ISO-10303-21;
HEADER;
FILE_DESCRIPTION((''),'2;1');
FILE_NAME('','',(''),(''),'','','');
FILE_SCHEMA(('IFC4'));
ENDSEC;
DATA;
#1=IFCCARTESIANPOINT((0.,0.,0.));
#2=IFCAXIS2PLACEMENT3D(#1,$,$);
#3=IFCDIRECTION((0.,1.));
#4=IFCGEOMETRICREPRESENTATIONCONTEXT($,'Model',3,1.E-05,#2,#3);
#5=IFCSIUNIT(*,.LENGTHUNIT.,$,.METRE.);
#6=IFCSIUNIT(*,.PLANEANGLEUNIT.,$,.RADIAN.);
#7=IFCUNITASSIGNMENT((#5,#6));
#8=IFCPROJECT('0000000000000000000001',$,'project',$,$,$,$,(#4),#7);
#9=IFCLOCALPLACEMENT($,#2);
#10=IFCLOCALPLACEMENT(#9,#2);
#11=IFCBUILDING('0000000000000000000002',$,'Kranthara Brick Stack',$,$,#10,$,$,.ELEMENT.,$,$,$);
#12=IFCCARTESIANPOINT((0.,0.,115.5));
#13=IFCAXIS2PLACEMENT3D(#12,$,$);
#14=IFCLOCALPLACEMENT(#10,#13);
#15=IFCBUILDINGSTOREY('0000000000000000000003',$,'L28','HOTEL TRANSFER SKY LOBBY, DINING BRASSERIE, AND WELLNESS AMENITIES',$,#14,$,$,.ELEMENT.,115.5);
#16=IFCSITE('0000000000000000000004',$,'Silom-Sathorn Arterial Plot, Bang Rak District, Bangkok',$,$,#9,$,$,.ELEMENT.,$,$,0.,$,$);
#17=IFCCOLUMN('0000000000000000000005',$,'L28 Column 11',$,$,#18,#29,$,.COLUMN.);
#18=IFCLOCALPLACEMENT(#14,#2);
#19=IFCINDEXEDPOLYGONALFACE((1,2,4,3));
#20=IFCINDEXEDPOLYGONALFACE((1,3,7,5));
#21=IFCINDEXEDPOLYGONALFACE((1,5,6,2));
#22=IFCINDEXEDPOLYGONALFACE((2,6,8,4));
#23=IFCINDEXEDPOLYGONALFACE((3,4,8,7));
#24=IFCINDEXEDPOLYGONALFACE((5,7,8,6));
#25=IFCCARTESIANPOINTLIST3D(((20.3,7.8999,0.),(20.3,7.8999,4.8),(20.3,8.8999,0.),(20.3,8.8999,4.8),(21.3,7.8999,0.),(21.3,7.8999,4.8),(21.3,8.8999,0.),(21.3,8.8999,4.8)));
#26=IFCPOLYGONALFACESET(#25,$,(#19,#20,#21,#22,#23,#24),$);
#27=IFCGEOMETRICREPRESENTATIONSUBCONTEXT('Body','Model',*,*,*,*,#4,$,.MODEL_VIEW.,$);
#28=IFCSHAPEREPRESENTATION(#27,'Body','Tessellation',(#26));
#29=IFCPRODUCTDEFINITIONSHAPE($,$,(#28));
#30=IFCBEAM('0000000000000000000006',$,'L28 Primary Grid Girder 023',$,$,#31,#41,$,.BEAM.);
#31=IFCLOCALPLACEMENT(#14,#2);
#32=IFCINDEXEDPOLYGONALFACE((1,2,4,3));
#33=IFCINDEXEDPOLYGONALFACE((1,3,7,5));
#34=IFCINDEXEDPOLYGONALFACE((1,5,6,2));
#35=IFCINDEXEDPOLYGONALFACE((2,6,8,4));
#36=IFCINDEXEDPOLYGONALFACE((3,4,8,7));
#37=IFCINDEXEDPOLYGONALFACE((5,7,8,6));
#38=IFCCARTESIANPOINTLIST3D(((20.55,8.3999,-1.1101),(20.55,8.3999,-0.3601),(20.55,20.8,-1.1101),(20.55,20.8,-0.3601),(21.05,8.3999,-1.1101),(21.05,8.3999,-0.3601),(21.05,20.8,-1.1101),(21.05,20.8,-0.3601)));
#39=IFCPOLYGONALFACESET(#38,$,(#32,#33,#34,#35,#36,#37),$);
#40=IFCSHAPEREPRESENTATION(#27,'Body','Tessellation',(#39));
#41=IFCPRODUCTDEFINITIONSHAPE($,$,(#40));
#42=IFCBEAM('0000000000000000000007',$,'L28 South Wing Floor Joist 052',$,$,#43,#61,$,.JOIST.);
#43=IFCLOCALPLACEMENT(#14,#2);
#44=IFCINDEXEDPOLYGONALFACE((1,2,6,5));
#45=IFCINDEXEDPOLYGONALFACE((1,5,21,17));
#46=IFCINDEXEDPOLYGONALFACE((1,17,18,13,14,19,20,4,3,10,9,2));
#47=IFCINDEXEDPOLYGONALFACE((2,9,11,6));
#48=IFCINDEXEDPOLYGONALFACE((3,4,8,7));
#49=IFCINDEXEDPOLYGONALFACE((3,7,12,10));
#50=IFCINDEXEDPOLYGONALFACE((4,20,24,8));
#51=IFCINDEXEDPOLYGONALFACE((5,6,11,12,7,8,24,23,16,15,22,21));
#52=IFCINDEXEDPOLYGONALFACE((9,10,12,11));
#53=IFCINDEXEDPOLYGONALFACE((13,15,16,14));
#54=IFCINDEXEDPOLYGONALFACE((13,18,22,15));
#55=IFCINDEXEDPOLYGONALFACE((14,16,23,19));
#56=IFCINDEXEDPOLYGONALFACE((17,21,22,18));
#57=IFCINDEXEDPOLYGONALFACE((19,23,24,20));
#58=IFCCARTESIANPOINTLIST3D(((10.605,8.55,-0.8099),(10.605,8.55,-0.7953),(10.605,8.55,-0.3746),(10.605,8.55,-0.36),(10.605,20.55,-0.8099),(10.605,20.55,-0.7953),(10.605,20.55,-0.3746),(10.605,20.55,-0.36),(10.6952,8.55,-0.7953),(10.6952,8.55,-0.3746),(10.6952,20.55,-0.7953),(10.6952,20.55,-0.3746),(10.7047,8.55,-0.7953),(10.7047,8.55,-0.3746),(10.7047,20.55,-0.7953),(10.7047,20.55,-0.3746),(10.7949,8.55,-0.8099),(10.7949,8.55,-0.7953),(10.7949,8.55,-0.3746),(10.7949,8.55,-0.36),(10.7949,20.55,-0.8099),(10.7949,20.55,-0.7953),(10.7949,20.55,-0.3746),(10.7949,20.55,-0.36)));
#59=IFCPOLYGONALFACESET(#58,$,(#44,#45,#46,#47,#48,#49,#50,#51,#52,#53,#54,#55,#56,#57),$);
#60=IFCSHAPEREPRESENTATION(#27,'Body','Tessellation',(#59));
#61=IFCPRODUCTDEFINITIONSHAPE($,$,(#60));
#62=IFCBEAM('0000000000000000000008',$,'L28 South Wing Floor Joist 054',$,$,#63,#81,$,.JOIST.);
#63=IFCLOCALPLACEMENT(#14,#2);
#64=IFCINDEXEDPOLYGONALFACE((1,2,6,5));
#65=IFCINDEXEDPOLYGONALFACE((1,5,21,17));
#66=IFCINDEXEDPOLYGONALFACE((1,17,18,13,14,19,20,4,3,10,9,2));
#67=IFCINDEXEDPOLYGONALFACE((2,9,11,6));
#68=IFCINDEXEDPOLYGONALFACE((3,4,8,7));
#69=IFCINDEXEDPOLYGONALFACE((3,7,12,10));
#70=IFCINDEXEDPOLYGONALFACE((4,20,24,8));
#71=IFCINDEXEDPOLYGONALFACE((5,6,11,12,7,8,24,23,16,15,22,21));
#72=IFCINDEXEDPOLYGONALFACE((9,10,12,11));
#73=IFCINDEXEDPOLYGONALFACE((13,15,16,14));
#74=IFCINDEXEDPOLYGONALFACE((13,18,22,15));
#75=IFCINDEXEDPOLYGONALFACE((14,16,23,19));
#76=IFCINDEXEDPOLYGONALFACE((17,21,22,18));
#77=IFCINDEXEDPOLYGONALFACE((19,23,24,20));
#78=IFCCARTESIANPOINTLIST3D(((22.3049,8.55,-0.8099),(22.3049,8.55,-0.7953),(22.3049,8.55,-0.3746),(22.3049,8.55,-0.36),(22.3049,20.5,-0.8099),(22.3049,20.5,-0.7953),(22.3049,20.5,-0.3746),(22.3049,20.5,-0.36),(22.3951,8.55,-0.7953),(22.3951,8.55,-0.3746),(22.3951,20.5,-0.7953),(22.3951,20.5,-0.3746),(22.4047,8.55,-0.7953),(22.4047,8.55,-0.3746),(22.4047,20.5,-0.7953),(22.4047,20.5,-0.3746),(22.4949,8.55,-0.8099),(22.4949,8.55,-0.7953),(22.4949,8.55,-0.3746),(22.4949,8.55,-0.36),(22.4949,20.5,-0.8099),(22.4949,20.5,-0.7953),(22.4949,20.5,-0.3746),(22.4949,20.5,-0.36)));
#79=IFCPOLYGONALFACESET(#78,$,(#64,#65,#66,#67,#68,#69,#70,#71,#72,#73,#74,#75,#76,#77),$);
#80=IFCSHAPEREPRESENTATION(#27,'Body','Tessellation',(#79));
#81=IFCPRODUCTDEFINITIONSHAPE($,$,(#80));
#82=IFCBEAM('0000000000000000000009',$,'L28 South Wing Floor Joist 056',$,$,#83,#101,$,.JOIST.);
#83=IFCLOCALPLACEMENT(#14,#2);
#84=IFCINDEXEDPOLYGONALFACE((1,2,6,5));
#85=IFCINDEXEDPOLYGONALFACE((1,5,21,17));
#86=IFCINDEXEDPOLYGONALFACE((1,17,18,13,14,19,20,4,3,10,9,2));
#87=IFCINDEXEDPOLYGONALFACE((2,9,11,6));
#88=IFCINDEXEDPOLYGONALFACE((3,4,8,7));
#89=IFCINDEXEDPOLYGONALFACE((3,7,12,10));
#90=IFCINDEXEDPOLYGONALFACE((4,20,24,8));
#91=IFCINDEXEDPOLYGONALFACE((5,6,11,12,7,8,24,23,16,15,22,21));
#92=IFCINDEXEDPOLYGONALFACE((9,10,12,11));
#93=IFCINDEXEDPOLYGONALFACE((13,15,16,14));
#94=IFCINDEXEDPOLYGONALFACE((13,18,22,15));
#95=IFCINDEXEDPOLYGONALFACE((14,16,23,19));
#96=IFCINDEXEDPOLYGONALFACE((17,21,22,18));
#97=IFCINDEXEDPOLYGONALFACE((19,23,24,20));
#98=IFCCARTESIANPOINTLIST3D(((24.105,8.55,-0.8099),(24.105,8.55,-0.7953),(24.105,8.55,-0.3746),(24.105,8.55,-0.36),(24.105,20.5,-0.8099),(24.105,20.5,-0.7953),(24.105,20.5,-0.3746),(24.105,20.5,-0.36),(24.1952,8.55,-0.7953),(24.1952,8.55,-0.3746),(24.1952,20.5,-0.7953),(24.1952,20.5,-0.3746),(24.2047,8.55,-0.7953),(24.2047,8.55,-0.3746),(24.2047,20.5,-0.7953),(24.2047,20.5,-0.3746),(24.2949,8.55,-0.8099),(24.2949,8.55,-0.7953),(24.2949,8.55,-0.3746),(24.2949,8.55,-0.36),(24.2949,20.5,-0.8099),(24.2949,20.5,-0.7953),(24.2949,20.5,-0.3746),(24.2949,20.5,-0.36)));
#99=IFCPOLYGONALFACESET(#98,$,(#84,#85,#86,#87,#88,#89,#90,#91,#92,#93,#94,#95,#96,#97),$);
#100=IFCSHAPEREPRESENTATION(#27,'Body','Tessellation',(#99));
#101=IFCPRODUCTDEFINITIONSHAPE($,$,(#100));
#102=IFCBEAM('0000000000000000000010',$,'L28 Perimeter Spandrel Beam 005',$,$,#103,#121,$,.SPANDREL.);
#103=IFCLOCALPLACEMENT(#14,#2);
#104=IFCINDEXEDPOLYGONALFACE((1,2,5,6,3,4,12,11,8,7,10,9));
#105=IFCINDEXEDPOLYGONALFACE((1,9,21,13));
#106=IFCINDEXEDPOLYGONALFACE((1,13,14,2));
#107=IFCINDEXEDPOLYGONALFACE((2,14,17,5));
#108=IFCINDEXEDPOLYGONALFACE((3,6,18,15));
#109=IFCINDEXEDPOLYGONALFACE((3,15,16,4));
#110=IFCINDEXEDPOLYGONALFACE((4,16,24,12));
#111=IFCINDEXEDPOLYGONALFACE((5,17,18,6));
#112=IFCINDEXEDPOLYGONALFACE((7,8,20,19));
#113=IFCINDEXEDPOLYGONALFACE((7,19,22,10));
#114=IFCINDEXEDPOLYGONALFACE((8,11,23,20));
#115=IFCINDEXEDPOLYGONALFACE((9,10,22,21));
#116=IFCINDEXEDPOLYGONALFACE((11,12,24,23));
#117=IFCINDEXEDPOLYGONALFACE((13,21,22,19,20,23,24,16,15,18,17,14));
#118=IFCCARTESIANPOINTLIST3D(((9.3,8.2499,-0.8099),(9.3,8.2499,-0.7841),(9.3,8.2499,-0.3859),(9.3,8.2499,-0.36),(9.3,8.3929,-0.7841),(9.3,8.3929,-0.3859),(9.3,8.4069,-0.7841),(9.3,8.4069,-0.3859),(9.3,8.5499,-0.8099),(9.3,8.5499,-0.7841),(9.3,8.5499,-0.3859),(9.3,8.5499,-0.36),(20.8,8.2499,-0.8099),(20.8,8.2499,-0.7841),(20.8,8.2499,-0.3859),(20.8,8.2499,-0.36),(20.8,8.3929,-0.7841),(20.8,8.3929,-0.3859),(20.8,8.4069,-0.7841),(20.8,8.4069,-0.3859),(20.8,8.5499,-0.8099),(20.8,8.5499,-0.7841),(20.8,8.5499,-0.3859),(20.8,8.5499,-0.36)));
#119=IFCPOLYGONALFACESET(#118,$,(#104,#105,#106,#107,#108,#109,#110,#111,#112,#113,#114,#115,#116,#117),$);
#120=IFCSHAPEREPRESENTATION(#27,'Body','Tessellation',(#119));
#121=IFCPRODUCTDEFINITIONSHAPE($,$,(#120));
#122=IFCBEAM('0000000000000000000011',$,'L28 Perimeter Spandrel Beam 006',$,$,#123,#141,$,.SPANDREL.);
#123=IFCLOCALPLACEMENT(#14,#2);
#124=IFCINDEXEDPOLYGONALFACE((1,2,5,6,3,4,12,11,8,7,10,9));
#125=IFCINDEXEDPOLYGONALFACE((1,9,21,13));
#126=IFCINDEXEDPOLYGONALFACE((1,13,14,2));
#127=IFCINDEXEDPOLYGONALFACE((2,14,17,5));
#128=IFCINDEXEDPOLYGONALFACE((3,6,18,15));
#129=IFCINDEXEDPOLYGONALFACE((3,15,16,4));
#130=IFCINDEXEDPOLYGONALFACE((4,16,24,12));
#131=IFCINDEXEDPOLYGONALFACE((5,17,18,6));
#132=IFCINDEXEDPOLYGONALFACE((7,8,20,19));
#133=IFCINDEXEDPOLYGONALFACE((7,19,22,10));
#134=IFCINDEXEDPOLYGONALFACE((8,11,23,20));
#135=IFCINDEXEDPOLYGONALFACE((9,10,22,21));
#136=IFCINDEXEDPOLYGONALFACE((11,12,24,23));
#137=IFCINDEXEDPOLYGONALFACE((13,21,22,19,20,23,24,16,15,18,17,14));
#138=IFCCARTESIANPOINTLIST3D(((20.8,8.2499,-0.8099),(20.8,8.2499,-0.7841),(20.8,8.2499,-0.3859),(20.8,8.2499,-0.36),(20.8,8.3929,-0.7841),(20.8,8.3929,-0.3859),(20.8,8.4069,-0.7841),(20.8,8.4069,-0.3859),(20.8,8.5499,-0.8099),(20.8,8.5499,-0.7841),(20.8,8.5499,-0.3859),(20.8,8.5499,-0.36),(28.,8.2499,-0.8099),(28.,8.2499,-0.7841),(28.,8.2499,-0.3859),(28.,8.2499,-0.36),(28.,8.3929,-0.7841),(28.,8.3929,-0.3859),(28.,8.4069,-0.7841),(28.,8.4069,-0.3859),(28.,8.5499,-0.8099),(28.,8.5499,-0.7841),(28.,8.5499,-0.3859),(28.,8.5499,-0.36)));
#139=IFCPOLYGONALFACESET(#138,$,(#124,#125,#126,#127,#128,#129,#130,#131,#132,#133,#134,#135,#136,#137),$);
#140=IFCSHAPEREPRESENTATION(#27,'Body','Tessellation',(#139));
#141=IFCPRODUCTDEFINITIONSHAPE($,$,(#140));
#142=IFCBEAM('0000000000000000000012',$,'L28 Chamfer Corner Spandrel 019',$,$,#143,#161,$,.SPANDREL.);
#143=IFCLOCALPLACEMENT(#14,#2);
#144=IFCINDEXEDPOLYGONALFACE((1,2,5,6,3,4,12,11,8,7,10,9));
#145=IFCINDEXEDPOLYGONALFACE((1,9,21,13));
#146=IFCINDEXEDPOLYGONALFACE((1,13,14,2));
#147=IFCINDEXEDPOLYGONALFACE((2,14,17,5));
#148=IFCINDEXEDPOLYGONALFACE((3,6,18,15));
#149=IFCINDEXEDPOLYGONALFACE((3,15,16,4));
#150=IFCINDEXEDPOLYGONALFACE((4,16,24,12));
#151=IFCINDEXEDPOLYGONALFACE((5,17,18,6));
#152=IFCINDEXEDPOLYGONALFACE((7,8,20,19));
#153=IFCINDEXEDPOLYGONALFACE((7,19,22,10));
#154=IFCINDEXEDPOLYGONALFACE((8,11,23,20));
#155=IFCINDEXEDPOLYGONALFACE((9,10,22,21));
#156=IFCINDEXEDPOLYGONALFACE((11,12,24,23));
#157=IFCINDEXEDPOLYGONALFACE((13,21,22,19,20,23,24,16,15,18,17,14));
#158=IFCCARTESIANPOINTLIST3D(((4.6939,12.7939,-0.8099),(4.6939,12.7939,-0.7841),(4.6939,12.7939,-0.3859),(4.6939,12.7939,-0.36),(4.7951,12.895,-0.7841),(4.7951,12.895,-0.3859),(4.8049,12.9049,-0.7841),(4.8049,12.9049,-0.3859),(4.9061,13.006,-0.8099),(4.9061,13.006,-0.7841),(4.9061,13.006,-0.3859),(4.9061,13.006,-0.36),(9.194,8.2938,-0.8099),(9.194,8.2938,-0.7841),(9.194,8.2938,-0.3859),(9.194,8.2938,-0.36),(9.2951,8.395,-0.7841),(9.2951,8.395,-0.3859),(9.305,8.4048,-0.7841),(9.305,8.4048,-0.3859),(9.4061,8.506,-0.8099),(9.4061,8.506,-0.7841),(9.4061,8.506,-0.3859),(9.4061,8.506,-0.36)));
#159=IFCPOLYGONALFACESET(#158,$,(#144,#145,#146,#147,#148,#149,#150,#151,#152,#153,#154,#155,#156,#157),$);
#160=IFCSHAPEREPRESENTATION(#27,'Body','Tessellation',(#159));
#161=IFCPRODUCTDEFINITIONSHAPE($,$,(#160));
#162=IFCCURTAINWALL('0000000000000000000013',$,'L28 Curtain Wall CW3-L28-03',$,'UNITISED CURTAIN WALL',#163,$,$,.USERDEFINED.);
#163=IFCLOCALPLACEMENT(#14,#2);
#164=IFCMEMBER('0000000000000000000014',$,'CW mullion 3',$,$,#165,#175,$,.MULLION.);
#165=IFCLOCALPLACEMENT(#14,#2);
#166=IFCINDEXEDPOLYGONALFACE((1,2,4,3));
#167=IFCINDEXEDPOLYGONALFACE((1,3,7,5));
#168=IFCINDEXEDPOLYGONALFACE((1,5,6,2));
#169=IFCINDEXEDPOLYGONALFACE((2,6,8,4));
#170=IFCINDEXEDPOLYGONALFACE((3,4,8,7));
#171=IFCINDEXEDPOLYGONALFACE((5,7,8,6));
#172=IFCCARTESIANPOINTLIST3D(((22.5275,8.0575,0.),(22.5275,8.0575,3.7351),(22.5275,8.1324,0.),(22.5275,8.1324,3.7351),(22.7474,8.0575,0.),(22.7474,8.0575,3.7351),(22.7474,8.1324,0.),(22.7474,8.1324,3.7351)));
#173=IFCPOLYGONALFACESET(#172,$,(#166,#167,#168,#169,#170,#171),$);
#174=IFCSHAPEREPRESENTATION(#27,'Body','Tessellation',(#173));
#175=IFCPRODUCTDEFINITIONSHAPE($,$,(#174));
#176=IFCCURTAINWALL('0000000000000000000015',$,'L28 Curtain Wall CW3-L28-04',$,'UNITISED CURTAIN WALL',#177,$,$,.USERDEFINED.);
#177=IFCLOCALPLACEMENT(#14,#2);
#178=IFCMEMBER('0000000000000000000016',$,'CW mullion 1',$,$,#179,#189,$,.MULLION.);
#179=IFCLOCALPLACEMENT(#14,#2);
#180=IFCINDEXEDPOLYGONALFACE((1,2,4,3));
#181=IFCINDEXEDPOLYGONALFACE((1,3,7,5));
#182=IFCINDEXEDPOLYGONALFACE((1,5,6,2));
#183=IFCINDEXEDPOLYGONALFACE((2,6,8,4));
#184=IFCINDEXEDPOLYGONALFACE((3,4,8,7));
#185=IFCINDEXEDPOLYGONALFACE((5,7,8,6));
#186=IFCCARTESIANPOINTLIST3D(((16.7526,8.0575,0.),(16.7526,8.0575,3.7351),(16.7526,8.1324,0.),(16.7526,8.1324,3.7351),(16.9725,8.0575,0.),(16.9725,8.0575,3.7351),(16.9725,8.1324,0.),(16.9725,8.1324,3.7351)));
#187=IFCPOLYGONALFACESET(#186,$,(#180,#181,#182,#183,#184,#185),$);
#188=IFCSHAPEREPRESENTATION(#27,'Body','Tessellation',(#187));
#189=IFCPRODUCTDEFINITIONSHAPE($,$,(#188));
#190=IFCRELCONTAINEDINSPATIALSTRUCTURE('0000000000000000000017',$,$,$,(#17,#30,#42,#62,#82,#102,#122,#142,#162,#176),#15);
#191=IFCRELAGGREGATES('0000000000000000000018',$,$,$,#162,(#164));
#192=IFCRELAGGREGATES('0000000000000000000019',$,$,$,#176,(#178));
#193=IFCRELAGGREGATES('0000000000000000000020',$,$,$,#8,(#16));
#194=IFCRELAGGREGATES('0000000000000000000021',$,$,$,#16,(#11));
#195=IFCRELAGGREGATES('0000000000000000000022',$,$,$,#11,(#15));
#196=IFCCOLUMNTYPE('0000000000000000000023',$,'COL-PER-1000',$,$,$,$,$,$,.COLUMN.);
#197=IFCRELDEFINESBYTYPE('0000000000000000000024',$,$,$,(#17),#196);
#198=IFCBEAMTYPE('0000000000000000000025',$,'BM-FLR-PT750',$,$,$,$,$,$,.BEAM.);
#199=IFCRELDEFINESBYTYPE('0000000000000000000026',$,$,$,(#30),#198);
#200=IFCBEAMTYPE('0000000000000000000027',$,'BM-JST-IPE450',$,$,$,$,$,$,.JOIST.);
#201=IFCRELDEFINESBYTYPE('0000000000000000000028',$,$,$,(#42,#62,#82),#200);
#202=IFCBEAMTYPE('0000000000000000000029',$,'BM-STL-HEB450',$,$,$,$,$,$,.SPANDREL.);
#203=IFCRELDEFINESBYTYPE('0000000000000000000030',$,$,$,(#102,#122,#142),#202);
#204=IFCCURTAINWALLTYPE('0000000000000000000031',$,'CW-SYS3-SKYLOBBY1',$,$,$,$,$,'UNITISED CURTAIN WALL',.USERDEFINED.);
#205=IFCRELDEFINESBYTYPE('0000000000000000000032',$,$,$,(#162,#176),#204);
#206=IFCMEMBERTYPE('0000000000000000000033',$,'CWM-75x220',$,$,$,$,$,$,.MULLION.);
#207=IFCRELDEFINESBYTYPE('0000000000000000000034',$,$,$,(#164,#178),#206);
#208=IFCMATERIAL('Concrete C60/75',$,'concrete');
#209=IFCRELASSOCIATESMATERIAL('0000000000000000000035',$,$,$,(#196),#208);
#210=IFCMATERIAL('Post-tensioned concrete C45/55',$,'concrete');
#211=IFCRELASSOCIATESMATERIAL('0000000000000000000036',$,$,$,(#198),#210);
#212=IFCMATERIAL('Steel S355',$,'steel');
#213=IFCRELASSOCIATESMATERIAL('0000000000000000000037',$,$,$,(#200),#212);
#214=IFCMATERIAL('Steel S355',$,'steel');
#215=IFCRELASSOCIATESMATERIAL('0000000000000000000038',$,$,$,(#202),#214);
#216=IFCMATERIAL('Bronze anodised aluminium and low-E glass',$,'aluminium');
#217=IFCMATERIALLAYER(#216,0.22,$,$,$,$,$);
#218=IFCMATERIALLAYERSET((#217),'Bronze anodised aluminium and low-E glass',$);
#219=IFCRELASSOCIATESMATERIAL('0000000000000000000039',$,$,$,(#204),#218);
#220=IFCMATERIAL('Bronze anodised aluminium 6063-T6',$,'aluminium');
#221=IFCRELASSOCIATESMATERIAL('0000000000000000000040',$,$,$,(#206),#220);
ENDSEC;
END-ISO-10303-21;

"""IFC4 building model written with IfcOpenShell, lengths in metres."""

from ifc_helpers import new_model, si_unit, direction, frame, origin, origin_2d, place, context, subcontext, project, spatial, rectangle, i_section, extrude, material, layer, layer_set, material_profile, profile_set, type_object, element, aggregate, save


model = new_model("IFC4")

# Units and contexts
model_context = context("Model", 3, precision=1e-05, world=origin(), true_north=direction((0.0, 1.0)))
body_context = subcontext(model_context, "Body", "Model", "MODEL_VIEW")
ifc_project = project(units=[si_unit("LENGTHUNIT", "METRE"), si_unit("PLANEANGLEUNIT", "RADIAN")], contexts=[model_context])

# Site, building, storey
site_placement = place(None, origin())
site = spatial("IfcSite", under=ifc_project, at=site_placement, Name="Silom-Sathorn Arterial Plot, Bang Rak District, Bangkok", CompositionType="ELEMENT", RefElevation=0.0)
building_placement = place(site_placement, origin())
building = spatial("IfcBuilding", under=site, at=building_placement, Name="Kranthara Brick Stack", CompositionType="ELEMENT")
storey_placement = place(building_placement, frame((0.0, 0.0, 115.5)))
storey = spatial("IfcBuildingStorey", under=building, at=storey_placement, Name="L28", Description="HOTEL TRANSFER SKY LOBBY, DINING BRASSERIE, AND WELLNESS AMENITIES", CompositionType="ELEMENT", Elevation=115.5)

# Column
ifc_material_1 = material(Name="Concrete C60/75", Category="concrete")
ifc_material_profile_1 = material_profile(ifc_material_1, rectangle(XDim=1.0, YDim=1.0, at=origin_2d()), Name="RC 1000x1000")
ifc_profile_set_1 = profile_set([ifc_material_profile_1], Name="Concrete C60/75")
column_type = type_object("IfcColumnType", Name="COL-PER-1000", PredefinedType="COLUMN", material=ifc_profile_set_1)
column_placement = place(storey_placement, frame((20.8, 8.3999, 0.0), z_axis=(0.0, 0.0, 1.0), x_axis=(1.0, 0.0, 0.0)))
element("IfcColumn", 1, at=column_placement, inside=storey, type_object=column_type, Name="L28 Column 11", PredefinedType="COLUMN", context=body_context, shape_type="SweptSolid", body=[
    extrude(rectangle(XDim=1.0, YDim=1.0, at=origin_2d()), origin(), (0.0, 0.0, 1.0), 4.8),
])

# Beams
ifc_material_2 = material(Name="Post-tensioned concrete C45/55", Category="concrete")
ifc_material_profile_2 = material_profile(ifc_material_2, rectangle(XDim=0.5, YDim=0.75, at=origin_2d()), Name="PT 500x750")
ifc_profile_set_2 = profile_set([ifc_material_profile_2], Name="Post-tensioned concrete C45/55")
beam_type_1 = type_object("IfcBeamType", Name="BM-FLR-PT750", PredefinedType="BEAM", material=ifc_profile_set_2)
beam_1_placement = place(storey_placement, frame((20.8, 8.3999, -0.7351), z_axis=(0.0, 1.0, 0.0), x_axis=(-1.0, 0.0, 0.0)))
element("IfcBeam", 2, at=beam_1_placement, inside=storey, type_object=beam_type_1, Name="L28 Primary Grid Girder 023", PredefinedType="BEAM", context=body_context, shape_type="SweptSolid", body=[
    extrude(rectangle(XDim=0.5, YDim=0.75, at=origin_2d()), origin(), (0.0, 0.0, 1.0), 12.4001),
])
ifc_material_3 = material(Name="Steel S355", Category="steel")
ifc_material_profile_3 = material_profile(ifc_material_3, i_section(OverallWidth=0.1899, OverallDepth=0.45, WebThickness=0.0095, FlangeThickness=0.0146, at=origin_2d()), Name="IPE 450")
ifc_profile_set_3 = profile_set([ifc_material_profile_3], Name="Steel S355")
beam_type_2 = type_object("IfcBeamType", Name="BM-JST-IPE450", PredefinedType="JOIST", material=ifc_profile_set_3)
beam_2_placement = place(storey_placement, frame((10.7, 8.55, -0.585), z_axis=(0.0, 1.0, 0.0), x_axis=(-1.0, 0.0, 0.0)))
element("IfcBeam", 3, at=beam_2_placement, inside=storey, type_object=beam_type_2, Name="L28 South Wing Floor Joist 052", PredefinedType="JOIST", context=body_context, shape_type="SweptSolid", body=[
    extrude(i_section(OverallWidth=0.1899, OverallDepth=0.45, WebThickness=0.0095, FlangeThickness=0.0146, at=origin_2d()), origin(), (0.0, 0.0, 1.0), 12.0),
])
for number, where, z_axis, x_axis, name in (
    (4, (22.3999, 8.55, -0.585), (0.0, 1.0, 0.0), (-1.0, 0.0, 0.0), "L28 South Wing Floor Joist 054"),
    (5, (24.2, 8.55, -0.585), (0.0, 1.0, 0.0), (-1.0, 0.0, 0.0), "L28 South Wing Floor Joist 056"),
):
    element("IfcBeam", number, at=place(storey_placement, frame(where, z_axis=z_axis, x_axis=x_axis)), inside=storey, type_object=beam_type_2, Name=name, PredefinedType="JOIST", context=body_context, shape_type="SweptSolid", body=[
        extrude(i_section(OverallWidth=0.1899, OverallDepth=0.45, WebThickness=0.0095, FlangeThickness=0.0146, at=origin_2d()), origin(), (0.0, 0.0, 1.0), 11.95),
    ])
ifc_material_4 = material(Name="Steel S355", Category="steel")
ifc_material_profile_4 = material_profile(ifc_material_4, i_section(OverallWidth=0.3, OverallDepth=0.45, WebThickness=0.0139, FlangeThickness=0.0259, at=origin_2d()), Name="HEB 450")
ifc_profile_set_4 = profile_set([ifc_material_profile_4], Name="Steel S355")
beam_type_3 = type_object("IfcBeamType", Name="BM-STL-HEB450", PredefinedType="SPANDREL", material=ifc_profile_set_4)
beam_3_placement = place(storey_placement, frame((9.3, 8.3999, -0.585), z_axis=(1.0, 0.0, 0.0), x_axis=(0.0, 1.0, 0.0)))
element("IfcBeam", 6, at=beam_3_placement, inside=storey, type_object=beam_type_3, Name="L28 Perimeter Spandrel Beam 005", PredefinedType="SPANDREL", context=body_context, shape_type="SweptSolid", body=[
    extrude(i_section(OverallWidth=0.3, OverallDepth=0.45, WebThickness=0.0139, FlangeThickness=0.0259, at=origin_2d()), origin(), (0.0, 0.0, 1.0), 11.5),
])
beam_4_placement = place(storey_placement, frame((20.8, 8.3999, -0.585), z_axis=(1.0, 0.0, 0.0), x_axis=(0.0, 1.0, 0.0)))
element("IfcBeam", 7, at=beam_4_placement, inside=storey, type_object=beam_type_3, Name="L28 Perimeter Spandrel Beam 006", PredefinedType="SPANDREL", context=body_context, shape_type="SweptSolid", body=[
    extrude(i_section(OverallWidth=0.3, OverallDepth=0.45, WebThickness=0.0139, FlangeThickness=0.0259, at=origin_2d()), origin(), (0.0, 0.0, 1.0), 7.2),
])
beam_5_placement = place(storey_placement, frame((9.3, 8.3999, -0.585), z_axis=(-0.707107, 0.707107, 0.0), x_axis=(-0.707107, -0.707107, 0.0)))
element("IfcBeam", 8, at=beam_5_placement, inside=storey, type_object=beam_type_3, Name="L28 Chamfer Corner Spandrel 019", PredefinedType="SPANDREL", context=body_context, shape_type="SweptSolid", body=[
    extrude(i_section(OverallWidth=0.3, OverallDepth=0.45, WebThickness=0.0139, FlangeThickness=0.0259, at=origin_2d()), origin(), (0.0, 0.0, 1.0), 6.364),
])

# Curtain wall, member
ifc_material_5 = material(Name="Bronze anodised aluminium and low-E glass", Category="aluminium")
ifc_layer_1 = layer(ifc_material_5, 0.22)
ifc_layer_set_1 = layer_set([ifc_layer_1], Name="Bronze anodised aluminium and low-E glass")
curtain_wall_type = type_object("IfcCurtainWallType", Name="CW-SYS3-SKYLOBBY1", ElementType="UNITISED CURTAIN WALL", PredefinedType="USERDEFINED", material=ifc_layer_set_1)
curtain_wall_1_placement = place(storey_placement, origin())
curtain_wall_1 = element("IfcCurtainWall", 9, at=curtain_wall_1_placement, inside=storey, type_object=curtain_wall_type, Name="L28 Curtain Wall CW3-L28-03", ObjectType="UNITISED CURTAIN WALL", PredefinedType="USERDEFINED")
ifc_material_6 = material(Name="Bronze anodised aluminium 6063-T6", Category="aluminium")
ifc_material_profile_5 = material_profile(ifc_material_6, rectangle(XDim=0.075, YDim=0.22, at=origin_2d()), Name="ALU MULLION 75x220")
ifc_profile_set_5 = profile_set([ifc_material_profile_5], Name="Bronze anodised aluminium 6063-T6")
member_type_1 = type_object("IfcMemberType", Name="CWM-75x220", PredefinedType="MULLION", material=ifc_profile_set_5)
member_1_placement = place(storey_placement, frame((22.6375, 8.095, 0.0), z_axis=(0.0, 0.0, 1.0), x_axis=(0.0, -1.0, 0.0)))
member_1 = element("IfcMember", 10, at=member_1_placement, type_object=member_type_1, Name="CW mullion 3", PredefinedType="MULLION", context=body_context, shape_type="SweptSolid", body=[
    extrude(rectangle(XDim=0.075, YDim=0.22, at=origin_2d()), origin(), (0.0, 0.0, 1.0), 3.7351),
])

# Curtain wall, member
curtain_wall_2_placement = place(storey_placement, origin())
curtain_wall_2 = element("IfcCurtainWall", 11, at=curtain_wall_2_placement, inside=storey, type_object=curtain_wall_type, Name="L28 Curtain Wall CW3-L28-04", ObjectType="UNITISED CURTAIN WALL", PredefinedType="USERDEFINED")
member_2_placement = place(storey_placement, frame((16.8625, 8.095, 0.0), z_axis=(0.0, 0.0, 1.0), x_axis=(0.0, -1.0, 0.0)))
member_2 = element("IfcMember", 12, at=member_2_placement, type_object=member_type_1, Name="CW mullion 1", PredefinedType="MULLION", context=body_context, shape_type="SweptSolid", body=[
    extrude(rectangle(XDim=0.075, YDim=0.22, at=origin_2d()), origin(), (0.0, 0.0, 1.0), 3.7351),
])

aggregate(curtain_wall_1, [member_1])
aggregate(curtain_wall_2, [member_2])

save(model, "model.ifc")
